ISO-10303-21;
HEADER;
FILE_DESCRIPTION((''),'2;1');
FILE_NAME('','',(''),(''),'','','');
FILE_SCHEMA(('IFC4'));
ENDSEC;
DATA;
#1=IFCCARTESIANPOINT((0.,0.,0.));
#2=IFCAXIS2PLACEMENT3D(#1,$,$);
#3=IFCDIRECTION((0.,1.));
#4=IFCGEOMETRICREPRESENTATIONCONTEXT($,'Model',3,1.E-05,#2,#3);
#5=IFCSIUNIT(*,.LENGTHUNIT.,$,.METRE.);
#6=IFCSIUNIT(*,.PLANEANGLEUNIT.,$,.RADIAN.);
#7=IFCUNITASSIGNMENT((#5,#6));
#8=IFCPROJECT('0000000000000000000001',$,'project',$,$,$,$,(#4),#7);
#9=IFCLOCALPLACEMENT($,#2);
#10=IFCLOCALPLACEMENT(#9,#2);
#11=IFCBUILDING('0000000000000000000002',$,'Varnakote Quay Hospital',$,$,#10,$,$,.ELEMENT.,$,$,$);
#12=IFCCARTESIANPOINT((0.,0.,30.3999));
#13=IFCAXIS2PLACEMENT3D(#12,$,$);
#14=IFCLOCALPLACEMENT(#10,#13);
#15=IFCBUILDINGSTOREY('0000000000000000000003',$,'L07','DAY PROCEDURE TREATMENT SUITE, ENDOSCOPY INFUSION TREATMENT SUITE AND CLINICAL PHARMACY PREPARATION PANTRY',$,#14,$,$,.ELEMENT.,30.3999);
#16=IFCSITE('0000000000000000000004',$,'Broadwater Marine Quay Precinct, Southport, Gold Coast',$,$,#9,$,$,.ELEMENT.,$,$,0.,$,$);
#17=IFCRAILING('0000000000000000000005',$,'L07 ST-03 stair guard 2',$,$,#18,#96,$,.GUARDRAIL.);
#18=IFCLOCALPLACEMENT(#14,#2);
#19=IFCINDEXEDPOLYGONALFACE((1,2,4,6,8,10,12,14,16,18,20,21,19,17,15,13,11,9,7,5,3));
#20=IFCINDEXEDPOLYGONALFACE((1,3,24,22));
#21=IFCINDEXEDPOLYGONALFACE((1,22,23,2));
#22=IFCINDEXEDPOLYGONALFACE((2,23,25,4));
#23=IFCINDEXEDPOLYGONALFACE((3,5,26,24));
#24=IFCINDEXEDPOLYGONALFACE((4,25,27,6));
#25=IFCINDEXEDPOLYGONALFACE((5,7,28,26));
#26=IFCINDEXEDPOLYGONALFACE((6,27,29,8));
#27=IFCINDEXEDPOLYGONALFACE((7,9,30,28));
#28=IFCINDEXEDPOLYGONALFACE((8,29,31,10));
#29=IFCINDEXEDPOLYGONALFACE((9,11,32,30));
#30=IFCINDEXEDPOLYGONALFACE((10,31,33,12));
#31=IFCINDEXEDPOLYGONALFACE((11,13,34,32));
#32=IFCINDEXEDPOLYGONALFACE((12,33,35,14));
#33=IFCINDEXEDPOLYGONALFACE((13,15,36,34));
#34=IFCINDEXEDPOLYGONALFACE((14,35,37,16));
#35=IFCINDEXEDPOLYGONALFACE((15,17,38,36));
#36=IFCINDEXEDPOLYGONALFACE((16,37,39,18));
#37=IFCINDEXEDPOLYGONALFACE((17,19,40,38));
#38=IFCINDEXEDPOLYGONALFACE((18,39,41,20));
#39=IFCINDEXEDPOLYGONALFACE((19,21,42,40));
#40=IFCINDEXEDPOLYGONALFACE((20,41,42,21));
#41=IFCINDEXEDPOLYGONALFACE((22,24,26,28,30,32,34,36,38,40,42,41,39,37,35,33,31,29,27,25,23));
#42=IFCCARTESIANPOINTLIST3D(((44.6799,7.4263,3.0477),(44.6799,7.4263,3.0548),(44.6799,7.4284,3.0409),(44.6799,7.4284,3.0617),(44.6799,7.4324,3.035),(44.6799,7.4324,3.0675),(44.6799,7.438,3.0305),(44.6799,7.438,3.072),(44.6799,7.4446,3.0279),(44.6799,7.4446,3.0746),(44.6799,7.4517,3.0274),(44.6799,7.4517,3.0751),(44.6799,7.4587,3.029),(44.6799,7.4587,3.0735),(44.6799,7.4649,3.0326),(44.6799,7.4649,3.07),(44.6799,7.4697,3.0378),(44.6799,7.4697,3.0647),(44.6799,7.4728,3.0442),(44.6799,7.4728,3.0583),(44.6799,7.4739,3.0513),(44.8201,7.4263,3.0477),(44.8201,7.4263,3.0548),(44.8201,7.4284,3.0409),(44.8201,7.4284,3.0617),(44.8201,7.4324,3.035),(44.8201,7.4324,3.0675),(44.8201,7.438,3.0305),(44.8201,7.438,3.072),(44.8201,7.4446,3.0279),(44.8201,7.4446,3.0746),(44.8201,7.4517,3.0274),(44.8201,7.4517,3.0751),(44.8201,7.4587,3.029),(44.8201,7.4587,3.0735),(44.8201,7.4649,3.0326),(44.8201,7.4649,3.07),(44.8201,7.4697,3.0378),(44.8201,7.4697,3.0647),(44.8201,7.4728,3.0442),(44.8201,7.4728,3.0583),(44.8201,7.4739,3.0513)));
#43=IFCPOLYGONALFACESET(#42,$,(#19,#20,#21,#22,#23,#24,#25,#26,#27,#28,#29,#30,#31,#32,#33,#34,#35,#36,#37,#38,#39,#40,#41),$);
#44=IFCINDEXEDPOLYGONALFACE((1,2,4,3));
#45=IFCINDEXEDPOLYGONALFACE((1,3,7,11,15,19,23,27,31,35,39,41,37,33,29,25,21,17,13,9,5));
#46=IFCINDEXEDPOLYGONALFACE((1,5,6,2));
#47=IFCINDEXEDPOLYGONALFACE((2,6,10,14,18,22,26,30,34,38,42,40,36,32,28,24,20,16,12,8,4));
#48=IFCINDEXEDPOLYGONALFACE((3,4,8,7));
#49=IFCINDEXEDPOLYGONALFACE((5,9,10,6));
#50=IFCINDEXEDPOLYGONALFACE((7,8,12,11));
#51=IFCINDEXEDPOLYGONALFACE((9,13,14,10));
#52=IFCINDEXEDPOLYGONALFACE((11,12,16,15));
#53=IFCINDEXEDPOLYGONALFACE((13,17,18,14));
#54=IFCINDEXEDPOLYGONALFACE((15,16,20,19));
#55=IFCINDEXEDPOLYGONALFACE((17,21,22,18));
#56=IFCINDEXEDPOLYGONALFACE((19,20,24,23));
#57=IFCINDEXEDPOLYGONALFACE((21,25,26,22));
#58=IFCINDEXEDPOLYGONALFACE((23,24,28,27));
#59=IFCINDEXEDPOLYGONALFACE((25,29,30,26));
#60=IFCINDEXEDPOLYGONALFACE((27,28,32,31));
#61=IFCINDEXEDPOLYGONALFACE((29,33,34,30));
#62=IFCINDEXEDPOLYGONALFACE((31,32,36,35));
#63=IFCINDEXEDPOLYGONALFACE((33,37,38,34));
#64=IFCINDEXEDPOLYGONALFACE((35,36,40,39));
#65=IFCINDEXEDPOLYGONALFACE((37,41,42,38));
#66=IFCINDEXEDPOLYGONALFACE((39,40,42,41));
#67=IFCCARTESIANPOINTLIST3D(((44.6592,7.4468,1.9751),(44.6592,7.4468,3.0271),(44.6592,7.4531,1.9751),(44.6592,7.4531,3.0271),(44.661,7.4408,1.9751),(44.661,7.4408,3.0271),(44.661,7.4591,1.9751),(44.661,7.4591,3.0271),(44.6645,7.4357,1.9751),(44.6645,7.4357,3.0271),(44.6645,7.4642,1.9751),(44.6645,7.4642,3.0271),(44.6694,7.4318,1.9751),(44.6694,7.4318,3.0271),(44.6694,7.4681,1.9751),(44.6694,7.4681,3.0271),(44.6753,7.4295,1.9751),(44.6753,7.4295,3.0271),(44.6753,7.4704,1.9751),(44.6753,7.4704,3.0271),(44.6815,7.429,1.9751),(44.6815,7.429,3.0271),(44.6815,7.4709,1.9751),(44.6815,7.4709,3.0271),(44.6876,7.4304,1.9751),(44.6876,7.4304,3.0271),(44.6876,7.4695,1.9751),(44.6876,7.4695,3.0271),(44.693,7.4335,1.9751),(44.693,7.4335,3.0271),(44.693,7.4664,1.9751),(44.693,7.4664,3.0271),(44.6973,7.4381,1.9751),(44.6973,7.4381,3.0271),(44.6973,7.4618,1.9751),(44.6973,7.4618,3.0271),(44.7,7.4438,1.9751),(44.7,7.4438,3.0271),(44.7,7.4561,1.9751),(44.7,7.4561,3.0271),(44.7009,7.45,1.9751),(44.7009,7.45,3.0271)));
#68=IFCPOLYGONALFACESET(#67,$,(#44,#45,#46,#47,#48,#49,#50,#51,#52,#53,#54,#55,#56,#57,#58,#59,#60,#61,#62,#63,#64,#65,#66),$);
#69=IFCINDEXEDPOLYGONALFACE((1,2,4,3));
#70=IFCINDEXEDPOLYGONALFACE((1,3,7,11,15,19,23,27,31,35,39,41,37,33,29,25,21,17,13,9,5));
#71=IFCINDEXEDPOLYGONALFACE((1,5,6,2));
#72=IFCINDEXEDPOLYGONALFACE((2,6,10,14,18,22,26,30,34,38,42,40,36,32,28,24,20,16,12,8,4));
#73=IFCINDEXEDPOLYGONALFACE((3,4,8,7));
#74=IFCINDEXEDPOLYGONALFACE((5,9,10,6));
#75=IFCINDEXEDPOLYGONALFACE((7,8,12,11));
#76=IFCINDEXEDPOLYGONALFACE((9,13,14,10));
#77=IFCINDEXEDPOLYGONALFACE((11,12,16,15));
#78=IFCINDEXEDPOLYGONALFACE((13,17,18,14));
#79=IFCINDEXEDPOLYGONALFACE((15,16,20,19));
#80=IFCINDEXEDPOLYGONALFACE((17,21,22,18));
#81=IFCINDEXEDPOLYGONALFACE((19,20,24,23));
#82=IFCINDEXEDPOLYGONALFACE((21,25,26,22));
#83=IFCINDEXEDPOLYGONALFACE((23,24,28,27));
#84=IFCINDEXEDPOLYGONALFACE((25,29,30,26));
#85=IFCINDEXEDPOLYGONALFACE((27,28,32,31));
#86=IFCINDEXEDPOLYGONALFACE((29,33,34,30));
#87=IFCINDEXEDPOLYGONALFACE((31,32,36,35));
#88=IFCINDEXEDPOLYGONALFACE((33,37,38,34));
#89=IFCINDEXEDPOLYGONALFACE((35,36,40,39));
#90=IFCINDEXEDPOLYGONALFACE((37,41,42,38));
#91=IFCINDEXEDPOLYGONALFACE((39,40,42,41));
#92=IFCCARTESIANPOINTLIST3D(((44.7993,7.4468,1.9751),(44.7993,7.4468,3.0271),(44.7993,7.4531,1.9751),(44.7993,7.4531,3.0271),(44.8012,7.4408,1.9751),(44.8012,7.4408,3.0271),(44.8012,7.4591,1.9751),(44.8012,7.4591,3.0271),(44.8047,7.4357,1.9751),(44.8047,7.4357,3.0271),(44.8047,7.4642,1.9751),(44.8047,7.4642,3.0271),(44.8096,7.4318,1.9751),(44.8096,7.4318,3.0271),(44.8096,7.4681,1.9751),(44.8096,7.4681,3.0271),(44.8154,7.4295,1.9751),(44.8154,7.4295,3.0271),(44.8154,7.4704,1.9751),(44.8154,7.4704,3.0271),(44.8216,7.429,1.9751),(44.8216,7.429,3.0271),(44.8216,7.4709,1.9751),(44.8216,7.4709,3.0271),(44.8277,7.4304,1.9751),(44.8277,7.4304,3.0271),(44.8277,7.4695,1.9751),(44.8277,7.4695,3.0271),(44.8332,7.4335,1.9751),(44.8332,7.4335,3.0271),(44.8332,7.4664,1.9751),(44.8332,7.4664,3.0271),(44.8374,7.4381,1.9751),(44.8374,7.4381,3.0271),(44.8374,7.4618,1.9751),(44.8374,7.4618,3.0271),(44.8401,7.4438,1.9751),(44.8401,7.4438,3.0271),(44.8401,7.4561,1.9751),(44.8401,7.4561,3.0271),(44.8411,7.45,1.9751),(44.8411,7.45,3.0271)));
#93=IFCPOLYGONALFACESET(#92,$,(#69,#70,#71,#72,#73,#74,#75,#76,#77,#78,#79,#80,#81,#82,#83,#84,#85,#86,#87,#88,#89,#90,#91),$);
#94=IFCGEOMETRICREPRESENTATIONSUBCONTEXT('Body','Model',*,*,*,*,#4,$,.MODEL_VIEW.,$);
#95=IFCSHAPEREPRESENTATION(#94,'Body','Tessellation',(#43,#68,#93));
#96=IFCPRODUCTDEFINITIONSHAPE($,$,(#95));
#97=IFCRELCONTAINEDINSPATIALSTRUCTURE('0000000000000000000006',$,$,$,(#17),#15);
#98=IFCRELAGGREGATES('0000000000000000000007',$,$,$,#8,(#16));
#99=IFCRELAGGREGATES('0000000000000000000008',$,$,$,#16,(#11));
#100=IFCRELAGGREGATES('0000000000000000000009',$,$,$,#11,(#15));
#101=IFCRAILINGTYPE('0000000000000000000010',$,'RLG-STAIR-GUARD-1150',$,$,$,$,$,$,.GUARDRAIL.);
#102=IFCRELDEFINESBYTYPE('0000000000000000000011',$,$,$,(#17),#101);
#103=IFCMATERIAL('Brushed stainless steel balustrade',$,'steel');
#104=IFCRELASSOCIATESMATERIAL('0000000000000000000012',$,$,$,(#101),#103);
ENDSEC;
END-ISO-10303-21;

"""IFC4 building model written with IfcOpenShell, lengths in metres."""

from ifc_helpers import new_model, si_unit, direction, frame, origin, origin_2d, place, context, subcontext, project, spatial, circle, extrude, material, type_object, element, save


model = new_model("IFC4")

# Units and contexts
model_context = context("Model", 3, precision=1e-05, world=origin(), true_north=direction((0.0, 1.0)))
body_context = subcontext(model_context, "Body", "Model", "MODEL_VIEW")
ifc_project = project(units=[si_unit("LENGTHUNIT", "METRE"), si_unit("PLANEANGLEUNIT", "RADIAN")], contexts=[model_context])

# Site, building, storey
site_placement = place(None, origin())
site = spatial("IfcSite", under=ifc_project, at=site_placement, Name="Broadwater Marine Quay Precinct, Southport, Gold Coast", CompositionType="ELEMENT", RefElevation=0.0)
building_placement = place(site_placement, origin())
building = spatial("IfcBuilding", under=site, at=building_placement, Name="Varnakote Quay Hospital", CompositionType="ELEMENT")
storey_placement = place(building_placement, frame((0.0, 0.0, 30.3999)))
storey = spatial("IfcBuildingStorey", under=building, at=storey_placement, Name="L07", Description="DAY PROCEDURE TREATMENT SUITE, ENDOSCOPY INFUSION TREATMENT SUITE AND CLINICAL PHARMACY PREPARATION PANTRY", CompositionType="ELEMENT", Elevation=30.3999)

# Railing
ifc_material_1 = material(Name="Brushed stainless steel balustrade", Category="steel")
railing_type_1 = type_object("IfcRailingType", Name="RLG-STAIR-GUARD-1150", PredefinedType="GUARDRAIL", material=ifc_material_1)
railing_1_placement = place(storey_placement, frame((44.6799, 7.45, 1.9751)))
element("IfcRailing", 1, at=railing_1_placement, inside=storey, type_object=railing_type_1, Name="L07 ST-03 stair guard 2", PredefinedType="GUARDRAIL", context=body_context, shape_type="SweptSolid", body=[
    extrude(circle(Radius=0.0239, at=origin_2d()), frame((0.0, 0.0, 1.0762), z_axis=(1.0, 0.0, 0.0), x_axis=(0.0, 1.0, 0.0)), (0.0, 0.0, 1.0), 0.1401),
    extrude(circle(Radius=0.021, at=origin_2d()), origin(), (0.0, 0.0, 1.0), 1.052),
    extrude(circle(Radius=0.021, at=origin_2d()), frame((0.1401, 0.0, 0.0)), (0.0, 0.0, 1.0), 1.052),
])

save(model, "model.ifc")
